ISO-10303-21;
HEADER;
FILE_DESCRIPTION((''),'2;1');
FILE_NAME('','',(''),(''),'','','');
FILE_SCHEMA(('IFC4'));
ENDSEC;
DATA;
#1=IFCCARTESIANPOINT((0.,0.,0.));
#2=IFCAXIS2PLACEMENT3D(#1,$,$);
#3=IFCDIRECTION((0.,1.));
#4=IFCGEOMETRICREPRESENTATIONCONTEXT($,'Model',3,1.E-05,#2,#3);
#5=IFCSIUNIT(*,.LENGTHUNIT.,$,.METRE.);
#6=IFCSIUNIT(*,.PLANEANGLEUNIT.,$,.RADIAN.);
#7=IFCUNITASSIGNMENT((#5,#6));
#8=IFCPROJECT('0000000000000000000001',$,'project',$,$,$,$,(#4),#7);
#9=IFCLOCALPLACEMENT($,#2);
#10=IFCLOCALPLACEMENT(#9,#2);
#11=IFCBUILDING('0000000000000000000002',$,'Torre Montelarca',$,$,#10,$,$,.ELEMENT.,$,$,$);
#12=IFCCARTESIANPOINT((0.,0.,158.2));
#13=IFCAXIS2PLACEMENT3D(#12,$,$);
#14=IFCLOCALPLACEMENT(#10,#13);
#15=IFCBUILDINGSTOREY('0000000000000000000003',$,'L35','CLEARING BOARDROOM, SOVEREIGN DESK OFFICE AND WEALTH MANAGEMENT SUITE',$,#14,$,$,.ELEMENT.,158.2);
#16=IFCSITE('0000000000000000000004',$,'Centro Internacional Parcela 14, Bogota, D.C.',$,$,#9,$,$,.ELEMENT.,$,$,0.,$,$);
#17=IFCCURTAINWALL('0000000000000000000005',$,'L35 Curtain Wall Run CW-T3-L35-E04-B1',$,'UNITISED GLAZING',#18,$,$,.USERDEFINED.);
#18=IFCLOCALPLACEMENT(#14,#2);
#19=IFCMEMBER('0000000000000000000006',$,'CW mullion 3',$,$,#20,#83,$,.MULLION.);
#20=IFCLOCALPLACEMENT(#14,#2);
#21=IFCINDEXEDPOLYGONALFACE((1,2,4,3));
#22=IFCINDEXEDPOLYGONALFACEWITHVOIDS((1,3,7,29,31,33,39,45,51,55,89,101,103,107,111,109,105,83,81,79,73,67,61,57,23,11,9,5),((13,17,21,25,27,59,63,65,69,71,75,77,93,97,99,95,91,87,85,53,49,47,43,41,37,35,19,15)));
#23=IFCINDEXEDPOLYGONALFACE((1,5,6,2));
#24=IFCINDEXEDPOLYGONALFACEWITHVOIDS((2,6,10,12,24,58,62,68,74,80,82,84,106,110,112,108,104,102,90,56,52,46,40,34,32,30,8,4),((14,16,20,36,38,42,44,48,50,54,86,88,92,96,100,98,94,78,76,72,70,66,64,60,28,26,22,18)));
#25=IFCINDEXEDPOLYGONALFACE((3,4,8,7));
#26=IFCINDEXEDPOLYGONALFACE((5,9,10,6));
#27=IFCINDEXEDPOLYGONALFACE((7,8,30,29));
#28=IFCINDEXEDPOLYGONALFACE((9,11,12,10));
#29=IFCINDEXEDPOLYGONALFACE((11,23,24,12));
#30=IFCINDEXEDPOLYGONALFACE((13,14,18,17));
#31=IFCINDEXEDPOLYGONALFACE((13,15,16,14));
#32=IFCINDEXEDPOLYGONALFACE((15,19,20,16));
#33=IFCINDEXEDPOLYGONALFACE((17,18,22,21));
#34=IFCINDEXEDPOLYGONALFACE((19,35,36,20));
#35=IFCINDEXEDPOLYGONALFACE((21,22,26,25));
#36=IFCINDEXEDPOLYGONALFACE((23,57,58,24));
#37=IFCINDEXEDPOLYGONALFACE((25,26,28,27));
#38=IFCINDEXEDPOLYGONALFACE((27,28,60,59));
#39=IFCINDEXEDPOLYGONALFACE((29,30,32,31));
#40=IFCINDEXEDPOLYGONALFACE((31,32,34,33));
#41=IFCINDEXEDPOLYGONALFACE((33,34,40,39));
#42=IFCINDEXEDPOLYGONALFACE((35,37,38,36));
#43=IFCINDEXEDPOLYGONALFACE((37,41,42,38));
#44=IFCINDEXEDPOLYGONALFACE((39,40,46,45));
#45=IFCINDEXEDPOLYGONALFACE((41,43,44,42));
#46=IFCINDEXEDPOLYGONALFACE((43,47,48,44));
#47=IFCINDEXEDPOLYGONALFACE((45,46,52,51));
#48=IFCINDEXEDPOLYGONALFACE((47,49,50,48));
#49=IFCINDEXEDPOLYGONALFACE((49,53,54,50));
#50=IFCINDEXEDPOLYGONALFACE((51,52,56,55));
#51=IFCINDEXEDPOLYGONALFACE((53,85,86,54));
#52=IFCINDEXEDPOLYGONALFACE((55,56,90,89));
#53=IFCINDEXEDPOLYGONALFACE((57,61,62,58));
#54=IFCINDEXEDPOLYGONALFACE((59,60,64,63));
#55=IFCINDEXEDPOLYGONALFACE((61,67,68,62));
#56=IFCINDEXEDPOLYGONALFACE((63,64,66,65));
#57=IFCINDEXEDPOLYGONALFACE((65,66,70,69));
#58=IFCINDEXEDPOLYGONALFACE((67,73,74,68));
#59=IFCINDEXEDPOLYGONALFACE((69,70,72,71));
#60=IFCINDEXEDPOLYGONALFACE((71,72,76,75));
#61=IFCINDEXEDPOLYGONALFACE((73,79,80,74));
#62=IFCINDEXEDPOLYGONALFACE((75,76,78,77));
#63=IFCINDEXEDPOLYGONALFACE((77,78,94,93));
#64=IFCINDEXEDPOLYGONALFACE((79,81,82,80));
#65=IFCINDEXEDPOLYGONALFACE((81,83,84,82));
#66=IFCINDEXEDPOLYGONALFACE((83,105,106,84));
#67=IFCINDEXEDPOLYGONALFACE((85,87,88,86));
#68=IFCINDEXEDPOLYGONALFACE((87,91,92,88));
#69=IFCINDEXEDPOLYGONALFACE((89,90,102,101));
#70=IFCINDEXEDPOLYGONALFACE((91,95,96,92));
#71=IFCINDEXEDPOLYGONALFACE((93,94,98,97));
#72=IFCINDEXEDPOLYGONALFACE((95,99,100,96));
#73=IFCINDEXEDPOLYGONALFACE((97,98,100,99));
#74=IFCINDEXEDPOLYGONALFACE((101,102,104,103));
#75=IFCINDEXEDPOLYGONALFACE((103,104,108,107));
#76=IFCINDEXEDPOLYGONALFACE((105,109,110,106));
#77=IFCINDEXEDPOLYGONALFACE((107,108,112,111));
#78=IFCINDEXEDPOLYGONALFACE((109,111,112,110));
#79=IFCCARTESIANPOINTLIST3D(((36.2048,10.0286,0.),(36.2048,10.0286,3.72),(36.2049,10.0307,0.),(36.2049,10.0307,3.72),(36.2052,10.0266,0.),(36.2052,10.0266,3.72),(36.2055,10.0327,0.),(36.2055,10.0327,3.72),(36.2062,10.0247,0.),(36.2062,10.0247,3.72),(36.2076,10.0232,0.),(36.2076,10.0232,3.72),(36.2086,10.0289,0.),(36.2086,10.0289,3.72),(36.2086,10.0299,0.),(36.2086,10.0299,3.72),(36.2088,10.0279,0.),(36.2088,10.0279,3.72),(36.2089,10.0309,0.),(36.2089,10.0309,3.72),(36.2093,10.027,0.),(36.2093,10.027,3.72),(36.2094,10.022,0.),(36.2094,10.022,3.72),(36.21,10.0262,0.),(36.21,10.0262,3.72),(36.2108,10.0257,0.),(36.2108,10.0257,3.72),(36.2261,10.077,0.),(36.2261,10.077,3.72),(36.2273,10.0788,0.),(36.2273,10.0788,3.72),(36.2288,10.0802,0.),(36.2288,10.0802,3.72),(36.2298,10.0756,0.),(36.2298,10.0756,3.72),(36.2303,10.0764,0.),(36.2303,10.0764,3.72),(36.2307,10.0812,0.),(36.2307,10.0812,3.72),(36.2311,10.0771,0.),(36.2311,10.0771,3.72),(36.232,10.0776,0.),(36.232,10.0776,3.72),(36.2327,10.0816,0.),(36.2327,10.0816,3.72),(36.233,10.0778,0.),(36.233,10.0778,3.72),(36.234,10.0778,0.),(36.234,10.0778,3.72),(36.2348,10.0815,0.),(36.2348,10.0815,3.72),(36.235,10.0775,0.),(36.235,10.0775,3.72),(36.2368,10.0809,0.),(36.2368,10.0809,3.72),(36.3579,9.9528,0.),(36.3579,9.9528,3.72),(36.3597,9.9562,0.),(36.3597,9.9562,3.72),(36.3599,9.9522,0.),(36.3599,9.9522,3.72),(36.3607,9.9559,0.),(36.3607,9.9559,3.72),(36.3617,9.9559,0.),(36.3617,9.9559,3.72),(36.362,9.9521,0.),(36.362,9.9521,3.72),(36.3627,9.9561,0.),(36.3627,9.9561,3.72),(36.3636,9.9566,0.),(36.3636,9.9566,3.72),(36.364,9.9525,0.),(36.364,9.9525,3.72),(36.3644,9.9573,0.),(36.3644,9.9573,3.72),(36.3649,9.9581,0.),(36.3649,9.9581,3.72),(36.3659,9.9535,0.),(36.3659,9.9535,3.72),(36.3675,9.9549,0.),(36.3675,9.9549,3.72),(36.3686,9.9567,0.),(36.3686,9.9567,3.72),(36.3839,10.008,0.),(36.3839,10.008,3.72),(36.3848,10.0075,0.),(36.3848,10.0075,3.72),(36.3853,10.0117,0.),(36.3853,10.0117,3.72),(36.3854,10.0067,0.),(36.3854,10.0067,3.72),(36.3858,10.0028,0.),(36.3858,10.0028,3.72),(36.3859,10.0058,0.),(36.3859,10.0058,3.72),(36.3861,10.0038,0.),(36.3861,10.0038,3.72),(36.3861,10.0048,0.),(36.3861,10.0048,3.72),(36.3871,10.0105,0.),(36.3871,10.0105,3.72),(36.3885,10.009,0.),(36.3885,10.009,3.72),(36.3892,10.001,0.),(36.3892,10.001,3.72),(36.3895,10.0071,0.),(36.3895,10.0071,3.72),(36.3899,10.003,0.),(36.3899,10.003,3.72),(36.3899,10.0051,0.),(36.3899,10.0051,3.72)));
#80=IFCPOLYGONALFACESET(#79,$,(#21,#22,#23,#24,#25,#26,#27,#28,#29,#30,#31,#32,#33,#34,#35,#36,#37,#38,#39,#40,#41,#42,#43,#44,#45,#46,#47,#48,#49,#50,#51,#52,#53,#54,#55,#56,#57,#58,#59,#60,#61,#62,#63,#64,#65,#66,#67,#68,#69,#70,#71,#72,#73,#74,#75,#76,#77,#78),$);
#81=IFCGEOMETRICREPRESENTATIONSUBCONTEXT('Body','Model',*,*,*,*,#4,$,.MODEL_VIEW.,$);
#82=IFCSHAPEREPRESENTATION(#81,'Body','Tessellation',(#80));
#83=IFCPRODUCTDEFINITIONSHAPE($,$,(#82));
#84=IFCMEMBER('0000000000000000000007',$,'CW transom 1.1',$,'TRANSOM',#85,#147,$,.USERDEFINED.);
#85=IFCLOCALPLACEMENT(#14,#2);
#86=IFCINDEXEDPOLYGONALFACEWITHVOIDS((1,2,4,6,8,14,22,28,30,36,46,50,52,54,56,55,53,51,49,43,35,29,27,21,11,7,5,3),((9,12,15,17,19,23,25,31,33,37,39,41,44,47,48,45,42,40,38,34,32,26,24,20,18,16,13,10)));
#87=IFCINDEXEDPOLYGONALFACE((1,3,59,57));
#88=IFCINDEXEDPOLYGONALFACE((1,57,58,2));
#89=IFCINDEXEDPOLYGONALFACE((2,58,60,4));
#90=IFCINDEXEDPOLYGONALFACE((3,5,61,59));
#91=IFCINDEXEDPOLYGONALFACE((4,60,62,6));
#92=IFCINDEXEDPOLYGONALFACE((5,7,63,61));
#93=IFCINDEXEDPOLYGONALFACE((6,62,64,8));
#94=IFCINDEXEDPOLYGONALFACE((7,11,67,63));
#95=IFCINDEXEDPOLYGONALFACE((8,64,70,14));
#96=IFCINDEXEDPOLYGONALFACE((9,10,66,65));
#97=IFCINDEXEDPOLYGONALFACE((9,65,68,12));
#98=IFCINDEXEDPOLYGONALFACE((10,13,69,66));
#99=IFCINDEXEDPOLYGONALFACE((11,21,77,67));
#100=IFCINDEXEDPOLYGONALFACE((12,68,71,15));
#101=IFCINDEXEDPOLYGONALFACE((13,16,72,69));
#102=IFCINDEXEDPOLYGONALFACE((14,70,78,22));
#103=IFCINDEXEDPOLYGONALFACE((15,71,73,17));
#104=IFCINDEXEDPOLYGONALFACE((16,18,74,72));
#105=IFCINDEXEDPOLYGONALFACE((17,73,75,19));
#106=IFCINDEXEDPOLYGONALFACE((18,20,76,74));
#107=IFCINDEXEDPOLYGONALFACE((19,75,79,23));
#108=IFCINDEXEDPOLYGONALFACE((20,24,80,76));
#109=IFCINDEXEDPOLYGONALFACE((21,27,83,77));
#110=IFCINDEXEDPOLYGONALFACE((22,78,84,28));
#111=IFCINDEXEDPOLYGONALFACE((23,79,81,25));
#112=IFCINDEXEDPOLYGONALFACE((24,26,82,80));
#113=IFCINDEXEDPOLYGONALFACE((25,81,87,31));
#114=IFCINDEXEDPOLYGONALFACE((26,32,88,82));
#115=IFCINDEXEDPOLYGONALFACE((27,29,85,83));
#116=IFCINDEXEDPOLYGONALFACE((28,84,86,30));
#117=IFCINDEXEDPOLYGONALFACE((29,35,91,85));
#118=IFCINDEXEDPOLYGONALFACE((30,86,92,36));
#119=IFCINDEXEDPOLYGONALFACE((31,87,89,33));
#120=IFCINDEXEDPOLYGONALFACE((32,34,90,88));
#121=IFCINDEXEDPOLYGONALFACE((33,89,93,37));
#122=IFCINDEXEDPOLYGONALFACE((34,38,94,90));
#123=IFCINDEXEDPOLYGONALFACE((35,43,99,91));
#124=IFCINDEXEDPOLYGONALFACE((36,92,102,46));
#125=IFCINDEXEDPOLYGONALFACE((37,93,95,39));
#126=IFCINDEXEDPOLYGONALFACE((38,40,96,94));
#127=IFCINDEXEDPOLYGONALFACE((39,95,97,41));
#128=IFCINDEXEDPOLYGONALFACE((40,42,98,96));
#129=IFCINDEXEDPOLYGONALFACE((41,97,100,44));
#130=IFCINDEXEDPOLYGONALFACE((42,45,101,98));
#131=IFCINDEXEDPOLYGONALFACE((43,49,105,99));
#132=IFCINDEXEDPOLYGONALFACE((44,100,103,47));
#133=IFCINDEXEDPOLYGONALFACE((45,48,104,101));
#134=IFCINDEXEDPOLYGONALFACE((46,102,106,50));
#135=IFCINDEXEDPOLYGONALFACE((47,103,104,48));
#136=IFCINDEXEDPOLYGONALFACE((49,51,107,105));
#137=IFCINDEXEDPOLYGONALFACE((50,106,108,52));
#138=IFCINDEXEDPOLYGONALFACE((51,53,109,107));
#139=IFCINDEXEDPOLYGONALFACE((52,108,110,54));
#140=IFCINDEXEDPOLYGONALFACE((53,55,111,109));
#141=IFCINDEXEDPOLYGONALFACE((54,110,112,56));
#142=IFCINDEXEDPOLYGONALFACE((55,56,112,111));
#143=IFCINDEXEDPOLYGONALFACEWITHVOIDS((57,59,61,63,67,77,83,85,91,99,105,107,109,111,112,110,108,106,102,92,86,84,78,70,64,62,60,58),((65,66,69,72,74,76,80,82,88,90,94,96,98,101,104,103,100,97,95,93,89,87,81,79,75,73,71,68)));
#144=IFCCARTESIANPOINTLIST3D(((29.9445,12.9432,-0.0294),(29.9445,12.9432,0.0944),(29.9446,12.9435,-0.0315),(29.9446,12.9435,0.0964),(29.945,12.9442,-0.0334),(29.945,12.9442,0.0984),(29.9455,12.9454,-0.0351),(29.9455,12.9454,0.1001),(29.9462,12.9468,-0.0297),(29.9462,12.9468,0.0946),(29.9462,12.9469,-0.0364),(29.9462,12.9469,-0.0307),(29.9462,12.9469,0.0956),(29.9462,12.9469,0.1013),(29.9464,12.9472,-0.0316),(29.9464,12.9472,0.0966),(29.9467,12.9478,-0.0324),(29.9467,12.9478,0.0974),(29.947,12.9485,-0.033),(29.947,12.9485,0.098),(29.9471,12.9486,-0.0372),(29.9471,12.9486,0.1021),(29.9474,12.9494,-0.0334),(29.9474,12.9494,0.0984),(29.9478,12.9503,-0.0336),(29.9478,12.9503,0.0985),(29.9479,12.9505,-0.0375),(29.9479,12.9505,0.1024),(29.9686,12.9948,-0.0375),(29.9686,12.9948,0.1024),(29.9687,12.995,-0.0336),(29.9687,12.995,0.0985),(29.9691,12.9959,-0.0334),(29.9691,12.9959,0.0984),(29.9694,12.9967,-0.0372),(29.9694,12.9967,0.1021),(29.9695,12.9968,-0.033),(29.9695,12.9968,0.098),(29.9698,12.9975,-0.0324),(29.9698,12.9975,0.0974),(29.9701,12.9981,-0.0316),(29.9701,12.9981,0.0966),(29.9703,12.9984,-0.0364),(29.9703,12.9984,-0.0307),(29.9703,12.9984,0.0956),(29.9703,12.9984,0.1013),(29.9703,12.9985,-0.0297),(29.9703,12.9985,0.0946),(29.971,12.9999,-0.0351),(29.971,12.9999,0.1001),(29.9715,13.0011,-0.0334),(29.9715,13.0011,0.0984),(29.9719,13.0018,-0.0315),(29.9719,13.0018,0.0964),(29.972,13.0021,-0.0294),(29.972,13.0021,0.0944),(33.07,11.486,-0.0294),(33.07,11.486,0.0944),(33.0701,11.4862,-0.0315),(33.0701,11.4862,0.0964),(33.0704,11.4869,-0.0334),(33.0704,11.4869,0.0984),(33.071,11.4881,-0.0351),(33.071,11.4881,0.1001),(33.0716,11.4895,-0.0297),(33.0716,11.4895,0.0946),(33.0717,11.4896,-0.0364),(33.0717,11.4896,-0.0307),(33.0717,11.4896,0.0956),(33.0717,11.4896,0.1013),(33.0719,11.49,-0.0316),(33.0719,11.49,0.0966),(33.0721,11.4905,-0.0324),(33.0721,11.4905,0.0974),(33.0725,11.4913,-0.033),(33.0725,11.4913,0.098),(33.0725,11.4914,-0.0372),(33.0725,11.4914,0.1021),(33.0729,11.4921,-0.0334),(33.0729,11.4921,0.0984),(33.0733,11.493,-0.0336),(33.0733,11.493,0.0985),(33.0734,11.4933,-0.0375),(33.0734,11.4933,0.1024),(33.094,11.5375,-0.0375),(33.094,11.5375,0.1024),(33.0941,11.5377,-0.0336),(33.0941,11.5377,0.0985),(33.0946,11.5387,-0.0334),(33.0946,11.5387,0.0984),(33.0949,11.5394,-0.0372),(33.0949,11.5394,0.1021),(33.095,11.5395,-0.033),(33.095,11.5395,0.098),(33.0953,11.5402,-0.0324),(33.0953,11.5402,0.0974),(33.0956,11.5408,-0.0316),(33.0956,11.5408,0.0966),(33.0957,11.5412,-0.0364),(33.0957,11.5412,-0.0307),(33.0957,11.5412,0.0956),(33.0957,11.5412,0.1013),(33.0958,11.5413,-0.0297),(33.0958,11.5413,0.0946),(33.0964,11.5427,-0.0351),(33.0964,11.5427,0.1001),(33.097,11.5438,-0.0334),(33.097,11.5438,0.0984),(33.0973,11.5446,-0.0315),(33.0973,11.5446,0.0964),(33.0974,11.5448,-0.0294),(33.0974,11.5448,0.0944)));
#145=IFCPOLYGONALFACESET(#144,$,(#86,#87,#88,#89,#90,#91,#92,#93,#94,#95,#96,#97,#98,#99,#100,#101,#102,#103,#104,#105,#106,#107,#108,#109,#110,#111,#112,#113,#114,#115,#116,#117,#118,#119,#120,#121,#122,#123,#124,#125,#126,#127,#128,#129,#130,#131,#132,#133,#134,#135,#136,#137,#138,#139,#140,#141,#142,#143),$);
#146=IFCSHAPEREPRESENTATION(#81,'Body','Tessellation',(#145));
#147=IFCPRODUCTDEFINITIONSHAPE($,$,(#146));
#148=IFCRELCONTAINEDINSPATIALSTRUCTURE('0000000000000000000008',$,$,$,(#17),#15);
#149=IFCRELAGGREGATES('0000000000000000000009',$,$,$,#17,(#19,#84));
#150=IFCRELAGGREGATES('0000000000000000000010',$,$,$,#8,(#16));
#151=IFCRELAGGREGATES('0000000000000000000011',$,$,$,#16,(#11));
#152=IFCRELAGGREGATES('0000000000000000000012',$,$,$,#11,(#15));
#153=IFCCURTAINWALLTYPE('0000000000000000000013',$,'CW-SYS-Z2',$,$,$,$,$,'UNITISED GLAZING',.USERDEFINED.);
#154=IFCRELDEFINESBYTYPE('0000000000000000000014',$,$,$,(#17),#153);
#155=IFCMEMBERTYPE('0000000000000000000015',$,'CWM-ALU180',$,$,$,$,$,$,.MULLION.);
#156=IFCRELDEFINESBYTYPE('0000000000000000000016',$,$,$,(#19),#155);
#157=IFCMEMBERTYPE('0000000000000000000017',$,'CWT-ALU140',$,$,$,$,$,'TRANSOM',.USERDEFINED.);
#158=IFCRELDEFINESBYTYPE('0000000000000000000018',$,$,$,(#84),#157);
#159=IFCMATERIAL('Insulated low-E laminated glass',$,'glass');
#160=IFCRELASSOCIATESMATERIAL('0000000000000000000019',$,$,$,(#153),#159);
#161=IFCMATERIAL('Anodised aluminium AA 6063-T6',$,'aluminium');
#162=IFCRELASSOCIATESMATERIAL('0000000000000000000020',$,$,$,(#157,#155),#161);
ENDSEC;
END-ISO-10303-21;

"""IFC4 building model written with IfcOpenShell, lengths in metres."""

from ifc_helpers import new_model, si_unit, direction, frame, origin, origin_2d, place, context, subcontext, project, spatial, hollow_rectangle, extrude, source, transform, mapped, material, material_profile, profile_set, type_object, element, aggregate, save


model = new_model("IFC4")

# Units and contexts
model_context = context("Model", 3, precision=1e-05, world=origin(), true_north=direction((0.0, 1.0)))
body_context = subcontext(model_context, "Body", "Model", "MODEL_VIEW")
ifc_project = project(units=[si_unit("LENGTHUNIT", "METRE"), si_unit("PLANEANGLEUNIT", "RADIAN")], contexts=[model_context])

# Site, building, storey
site_placement = place(None, origin())
site = spatial("IfcSite", under=ifc_project, at=site_placement, Name="Centro Internacional Parcela 14, Bogota, D.C.", CompositionType="ELEMENT", RefElevation=0.0)
building_placement = place(site_placement, origin())
building = spatial("IfcBuilding", under=site, at=building_placement, Name="Torre Montelarca", CompositionType="ELEMENT")
storey_placement = place(building_placement, frame((0.0, 0.0, 158.2)))
storey = spatial("IfcBuildingStorey", under=building, at=storey_placement, Name="L35", Description="CLEARING BOARDROOM, SOVEREIGN DESK OFFICE AND WEALTH MANAGEMENT SUITE", CompositionType="ELEMENT", Elevation=158.2)

# Shared definitions
ifc_material_1 = material(Name="Insulated low-E laminated glass", Category="glass")
curtain_wall_type = type_object("IfcCurtainWallType", Name="CW-SYS-Z2", ElementType="UNITISED GLAZING", PredefinedType="USERDEFINED", material=ifc_material_1)
ifc_material_2 = material(Name="Anodised aluminium AA 6063-T6", Category="aluminium")
ifc_material_profile_1 = material_profile(ifc_material_2, hollow_rectangle(XDim=0.0649, YDim=0.1399, WallThickness=0.0039, InnerFilletRadius=0.0039, OuterFilletRadius=0.0081, at=origin_2d()), Name="ALU65X140X4", Category="aluminium")
ifc_profile_set_1 = profile_set([ifc_material_profile_1], Name="Anodised aluminium AA 6063-T6")
member_type_1 = type_object("IfcMemberType", Name="CWT-ALU140", ElementType="TRANSOM", PredefinedType="USERDEFINED", material=ifc_profile_set_1)

# Shared definitions
ifc_material_profile_2 = material_profile(ifc_material_2, hollow_rectangle(XDim=0.0649, YDim=0.1799, WallThickness=0.0039, InnerFilletRadius=0.0039, OuterFilletRadius=0.0081, at=origin_2d()), Name="ALU65X180X4", Category="aluminium")
ifc_profile_set_2 = profile_set([ifc_material_profile_2], Name="Anodised aluminium AA 6063-T6")
member_type_2 = type_object("IfcMemberType", Name="CWM-ALU180", PredefinedType="MULLION", material=ifc_profile_set_2)
shared_shape_1 = source(origin(), body_context, "Body", "SweptSolid", [
    extrude(hollow_rectangle(XDim=0.0649, YDim=0.1799, WallThickness=0.0039, InnerFilletRadius=0.0039, OuterFilletRadius=0.0081, at=origin_2d()), origin(), (0.0, 0.0, 1.0), 3.72),
])

# Curtain wall, members
curtain_wall_1_placement = place(storey_placement, origin())
curtain_wall_1 = element("IfcCurtainWall", 1, at=curtain_wall_1_placement, inside=storey, type_object=curtain_wall_type, Name="L35 Curtain Wall Run CW-T3-L35-E04-B1", ObjectType="UNITISED GLAZING", PredefinedType="USERDEFINED")
member_1_placement = place(storey_placement, frame((36.2974, 10.0168, 0.0), z_axis=(0.0, 0.0, 1.0), x_axis=(0.422602, 0.906315, 0.0)))
member_1 = element("IfcMember", 2, at=member_1_placement, type_object=member_type_2, Name="CW mullion 3", PredefinedType="MULLION", context=body_context, shape_type="MappedRepresentation", body=[
    mapped(shared_shape_1, transform((0.0, 0.0, 0.0), scale=1.0)),
])
shared_shape_2 = source(origin(), body_context, "Body", "SweptSolid", [
    extrude(hollow_rectangle(XDim=0.0649, YDim=0.1399, WallThickness=0.0039, InnerFilletRadius=0.0039, OuterFilletRadius=0.0081, at=origin_2d()), origin(), (0.0, 0.0, 1.0), 3.4485),
])
member_2_placement = place(storey_placement, frame((29.9583, 12.9727, 0.0325), z_axis=(0.906326, -0.422579, 0.0), x_axis=(0.422579, 0.906326, 0.0)))
member_2 = element("IfcMember", 3, at=member_2_placement, type_object=member_type_1, Name="CW transom 1.1", ObjectType="TRANSOM", PredefinedType="USERDEFINED", context=body_context, shape_type="MappedRepresentation", body=[
    mapped(shared_shape_2, transform((0.0, 0.0, 0.0), scale=1.0)),
])
aggregate(curtain_wall_1, [member_1, member_2])

save(model, "model.ifc")
